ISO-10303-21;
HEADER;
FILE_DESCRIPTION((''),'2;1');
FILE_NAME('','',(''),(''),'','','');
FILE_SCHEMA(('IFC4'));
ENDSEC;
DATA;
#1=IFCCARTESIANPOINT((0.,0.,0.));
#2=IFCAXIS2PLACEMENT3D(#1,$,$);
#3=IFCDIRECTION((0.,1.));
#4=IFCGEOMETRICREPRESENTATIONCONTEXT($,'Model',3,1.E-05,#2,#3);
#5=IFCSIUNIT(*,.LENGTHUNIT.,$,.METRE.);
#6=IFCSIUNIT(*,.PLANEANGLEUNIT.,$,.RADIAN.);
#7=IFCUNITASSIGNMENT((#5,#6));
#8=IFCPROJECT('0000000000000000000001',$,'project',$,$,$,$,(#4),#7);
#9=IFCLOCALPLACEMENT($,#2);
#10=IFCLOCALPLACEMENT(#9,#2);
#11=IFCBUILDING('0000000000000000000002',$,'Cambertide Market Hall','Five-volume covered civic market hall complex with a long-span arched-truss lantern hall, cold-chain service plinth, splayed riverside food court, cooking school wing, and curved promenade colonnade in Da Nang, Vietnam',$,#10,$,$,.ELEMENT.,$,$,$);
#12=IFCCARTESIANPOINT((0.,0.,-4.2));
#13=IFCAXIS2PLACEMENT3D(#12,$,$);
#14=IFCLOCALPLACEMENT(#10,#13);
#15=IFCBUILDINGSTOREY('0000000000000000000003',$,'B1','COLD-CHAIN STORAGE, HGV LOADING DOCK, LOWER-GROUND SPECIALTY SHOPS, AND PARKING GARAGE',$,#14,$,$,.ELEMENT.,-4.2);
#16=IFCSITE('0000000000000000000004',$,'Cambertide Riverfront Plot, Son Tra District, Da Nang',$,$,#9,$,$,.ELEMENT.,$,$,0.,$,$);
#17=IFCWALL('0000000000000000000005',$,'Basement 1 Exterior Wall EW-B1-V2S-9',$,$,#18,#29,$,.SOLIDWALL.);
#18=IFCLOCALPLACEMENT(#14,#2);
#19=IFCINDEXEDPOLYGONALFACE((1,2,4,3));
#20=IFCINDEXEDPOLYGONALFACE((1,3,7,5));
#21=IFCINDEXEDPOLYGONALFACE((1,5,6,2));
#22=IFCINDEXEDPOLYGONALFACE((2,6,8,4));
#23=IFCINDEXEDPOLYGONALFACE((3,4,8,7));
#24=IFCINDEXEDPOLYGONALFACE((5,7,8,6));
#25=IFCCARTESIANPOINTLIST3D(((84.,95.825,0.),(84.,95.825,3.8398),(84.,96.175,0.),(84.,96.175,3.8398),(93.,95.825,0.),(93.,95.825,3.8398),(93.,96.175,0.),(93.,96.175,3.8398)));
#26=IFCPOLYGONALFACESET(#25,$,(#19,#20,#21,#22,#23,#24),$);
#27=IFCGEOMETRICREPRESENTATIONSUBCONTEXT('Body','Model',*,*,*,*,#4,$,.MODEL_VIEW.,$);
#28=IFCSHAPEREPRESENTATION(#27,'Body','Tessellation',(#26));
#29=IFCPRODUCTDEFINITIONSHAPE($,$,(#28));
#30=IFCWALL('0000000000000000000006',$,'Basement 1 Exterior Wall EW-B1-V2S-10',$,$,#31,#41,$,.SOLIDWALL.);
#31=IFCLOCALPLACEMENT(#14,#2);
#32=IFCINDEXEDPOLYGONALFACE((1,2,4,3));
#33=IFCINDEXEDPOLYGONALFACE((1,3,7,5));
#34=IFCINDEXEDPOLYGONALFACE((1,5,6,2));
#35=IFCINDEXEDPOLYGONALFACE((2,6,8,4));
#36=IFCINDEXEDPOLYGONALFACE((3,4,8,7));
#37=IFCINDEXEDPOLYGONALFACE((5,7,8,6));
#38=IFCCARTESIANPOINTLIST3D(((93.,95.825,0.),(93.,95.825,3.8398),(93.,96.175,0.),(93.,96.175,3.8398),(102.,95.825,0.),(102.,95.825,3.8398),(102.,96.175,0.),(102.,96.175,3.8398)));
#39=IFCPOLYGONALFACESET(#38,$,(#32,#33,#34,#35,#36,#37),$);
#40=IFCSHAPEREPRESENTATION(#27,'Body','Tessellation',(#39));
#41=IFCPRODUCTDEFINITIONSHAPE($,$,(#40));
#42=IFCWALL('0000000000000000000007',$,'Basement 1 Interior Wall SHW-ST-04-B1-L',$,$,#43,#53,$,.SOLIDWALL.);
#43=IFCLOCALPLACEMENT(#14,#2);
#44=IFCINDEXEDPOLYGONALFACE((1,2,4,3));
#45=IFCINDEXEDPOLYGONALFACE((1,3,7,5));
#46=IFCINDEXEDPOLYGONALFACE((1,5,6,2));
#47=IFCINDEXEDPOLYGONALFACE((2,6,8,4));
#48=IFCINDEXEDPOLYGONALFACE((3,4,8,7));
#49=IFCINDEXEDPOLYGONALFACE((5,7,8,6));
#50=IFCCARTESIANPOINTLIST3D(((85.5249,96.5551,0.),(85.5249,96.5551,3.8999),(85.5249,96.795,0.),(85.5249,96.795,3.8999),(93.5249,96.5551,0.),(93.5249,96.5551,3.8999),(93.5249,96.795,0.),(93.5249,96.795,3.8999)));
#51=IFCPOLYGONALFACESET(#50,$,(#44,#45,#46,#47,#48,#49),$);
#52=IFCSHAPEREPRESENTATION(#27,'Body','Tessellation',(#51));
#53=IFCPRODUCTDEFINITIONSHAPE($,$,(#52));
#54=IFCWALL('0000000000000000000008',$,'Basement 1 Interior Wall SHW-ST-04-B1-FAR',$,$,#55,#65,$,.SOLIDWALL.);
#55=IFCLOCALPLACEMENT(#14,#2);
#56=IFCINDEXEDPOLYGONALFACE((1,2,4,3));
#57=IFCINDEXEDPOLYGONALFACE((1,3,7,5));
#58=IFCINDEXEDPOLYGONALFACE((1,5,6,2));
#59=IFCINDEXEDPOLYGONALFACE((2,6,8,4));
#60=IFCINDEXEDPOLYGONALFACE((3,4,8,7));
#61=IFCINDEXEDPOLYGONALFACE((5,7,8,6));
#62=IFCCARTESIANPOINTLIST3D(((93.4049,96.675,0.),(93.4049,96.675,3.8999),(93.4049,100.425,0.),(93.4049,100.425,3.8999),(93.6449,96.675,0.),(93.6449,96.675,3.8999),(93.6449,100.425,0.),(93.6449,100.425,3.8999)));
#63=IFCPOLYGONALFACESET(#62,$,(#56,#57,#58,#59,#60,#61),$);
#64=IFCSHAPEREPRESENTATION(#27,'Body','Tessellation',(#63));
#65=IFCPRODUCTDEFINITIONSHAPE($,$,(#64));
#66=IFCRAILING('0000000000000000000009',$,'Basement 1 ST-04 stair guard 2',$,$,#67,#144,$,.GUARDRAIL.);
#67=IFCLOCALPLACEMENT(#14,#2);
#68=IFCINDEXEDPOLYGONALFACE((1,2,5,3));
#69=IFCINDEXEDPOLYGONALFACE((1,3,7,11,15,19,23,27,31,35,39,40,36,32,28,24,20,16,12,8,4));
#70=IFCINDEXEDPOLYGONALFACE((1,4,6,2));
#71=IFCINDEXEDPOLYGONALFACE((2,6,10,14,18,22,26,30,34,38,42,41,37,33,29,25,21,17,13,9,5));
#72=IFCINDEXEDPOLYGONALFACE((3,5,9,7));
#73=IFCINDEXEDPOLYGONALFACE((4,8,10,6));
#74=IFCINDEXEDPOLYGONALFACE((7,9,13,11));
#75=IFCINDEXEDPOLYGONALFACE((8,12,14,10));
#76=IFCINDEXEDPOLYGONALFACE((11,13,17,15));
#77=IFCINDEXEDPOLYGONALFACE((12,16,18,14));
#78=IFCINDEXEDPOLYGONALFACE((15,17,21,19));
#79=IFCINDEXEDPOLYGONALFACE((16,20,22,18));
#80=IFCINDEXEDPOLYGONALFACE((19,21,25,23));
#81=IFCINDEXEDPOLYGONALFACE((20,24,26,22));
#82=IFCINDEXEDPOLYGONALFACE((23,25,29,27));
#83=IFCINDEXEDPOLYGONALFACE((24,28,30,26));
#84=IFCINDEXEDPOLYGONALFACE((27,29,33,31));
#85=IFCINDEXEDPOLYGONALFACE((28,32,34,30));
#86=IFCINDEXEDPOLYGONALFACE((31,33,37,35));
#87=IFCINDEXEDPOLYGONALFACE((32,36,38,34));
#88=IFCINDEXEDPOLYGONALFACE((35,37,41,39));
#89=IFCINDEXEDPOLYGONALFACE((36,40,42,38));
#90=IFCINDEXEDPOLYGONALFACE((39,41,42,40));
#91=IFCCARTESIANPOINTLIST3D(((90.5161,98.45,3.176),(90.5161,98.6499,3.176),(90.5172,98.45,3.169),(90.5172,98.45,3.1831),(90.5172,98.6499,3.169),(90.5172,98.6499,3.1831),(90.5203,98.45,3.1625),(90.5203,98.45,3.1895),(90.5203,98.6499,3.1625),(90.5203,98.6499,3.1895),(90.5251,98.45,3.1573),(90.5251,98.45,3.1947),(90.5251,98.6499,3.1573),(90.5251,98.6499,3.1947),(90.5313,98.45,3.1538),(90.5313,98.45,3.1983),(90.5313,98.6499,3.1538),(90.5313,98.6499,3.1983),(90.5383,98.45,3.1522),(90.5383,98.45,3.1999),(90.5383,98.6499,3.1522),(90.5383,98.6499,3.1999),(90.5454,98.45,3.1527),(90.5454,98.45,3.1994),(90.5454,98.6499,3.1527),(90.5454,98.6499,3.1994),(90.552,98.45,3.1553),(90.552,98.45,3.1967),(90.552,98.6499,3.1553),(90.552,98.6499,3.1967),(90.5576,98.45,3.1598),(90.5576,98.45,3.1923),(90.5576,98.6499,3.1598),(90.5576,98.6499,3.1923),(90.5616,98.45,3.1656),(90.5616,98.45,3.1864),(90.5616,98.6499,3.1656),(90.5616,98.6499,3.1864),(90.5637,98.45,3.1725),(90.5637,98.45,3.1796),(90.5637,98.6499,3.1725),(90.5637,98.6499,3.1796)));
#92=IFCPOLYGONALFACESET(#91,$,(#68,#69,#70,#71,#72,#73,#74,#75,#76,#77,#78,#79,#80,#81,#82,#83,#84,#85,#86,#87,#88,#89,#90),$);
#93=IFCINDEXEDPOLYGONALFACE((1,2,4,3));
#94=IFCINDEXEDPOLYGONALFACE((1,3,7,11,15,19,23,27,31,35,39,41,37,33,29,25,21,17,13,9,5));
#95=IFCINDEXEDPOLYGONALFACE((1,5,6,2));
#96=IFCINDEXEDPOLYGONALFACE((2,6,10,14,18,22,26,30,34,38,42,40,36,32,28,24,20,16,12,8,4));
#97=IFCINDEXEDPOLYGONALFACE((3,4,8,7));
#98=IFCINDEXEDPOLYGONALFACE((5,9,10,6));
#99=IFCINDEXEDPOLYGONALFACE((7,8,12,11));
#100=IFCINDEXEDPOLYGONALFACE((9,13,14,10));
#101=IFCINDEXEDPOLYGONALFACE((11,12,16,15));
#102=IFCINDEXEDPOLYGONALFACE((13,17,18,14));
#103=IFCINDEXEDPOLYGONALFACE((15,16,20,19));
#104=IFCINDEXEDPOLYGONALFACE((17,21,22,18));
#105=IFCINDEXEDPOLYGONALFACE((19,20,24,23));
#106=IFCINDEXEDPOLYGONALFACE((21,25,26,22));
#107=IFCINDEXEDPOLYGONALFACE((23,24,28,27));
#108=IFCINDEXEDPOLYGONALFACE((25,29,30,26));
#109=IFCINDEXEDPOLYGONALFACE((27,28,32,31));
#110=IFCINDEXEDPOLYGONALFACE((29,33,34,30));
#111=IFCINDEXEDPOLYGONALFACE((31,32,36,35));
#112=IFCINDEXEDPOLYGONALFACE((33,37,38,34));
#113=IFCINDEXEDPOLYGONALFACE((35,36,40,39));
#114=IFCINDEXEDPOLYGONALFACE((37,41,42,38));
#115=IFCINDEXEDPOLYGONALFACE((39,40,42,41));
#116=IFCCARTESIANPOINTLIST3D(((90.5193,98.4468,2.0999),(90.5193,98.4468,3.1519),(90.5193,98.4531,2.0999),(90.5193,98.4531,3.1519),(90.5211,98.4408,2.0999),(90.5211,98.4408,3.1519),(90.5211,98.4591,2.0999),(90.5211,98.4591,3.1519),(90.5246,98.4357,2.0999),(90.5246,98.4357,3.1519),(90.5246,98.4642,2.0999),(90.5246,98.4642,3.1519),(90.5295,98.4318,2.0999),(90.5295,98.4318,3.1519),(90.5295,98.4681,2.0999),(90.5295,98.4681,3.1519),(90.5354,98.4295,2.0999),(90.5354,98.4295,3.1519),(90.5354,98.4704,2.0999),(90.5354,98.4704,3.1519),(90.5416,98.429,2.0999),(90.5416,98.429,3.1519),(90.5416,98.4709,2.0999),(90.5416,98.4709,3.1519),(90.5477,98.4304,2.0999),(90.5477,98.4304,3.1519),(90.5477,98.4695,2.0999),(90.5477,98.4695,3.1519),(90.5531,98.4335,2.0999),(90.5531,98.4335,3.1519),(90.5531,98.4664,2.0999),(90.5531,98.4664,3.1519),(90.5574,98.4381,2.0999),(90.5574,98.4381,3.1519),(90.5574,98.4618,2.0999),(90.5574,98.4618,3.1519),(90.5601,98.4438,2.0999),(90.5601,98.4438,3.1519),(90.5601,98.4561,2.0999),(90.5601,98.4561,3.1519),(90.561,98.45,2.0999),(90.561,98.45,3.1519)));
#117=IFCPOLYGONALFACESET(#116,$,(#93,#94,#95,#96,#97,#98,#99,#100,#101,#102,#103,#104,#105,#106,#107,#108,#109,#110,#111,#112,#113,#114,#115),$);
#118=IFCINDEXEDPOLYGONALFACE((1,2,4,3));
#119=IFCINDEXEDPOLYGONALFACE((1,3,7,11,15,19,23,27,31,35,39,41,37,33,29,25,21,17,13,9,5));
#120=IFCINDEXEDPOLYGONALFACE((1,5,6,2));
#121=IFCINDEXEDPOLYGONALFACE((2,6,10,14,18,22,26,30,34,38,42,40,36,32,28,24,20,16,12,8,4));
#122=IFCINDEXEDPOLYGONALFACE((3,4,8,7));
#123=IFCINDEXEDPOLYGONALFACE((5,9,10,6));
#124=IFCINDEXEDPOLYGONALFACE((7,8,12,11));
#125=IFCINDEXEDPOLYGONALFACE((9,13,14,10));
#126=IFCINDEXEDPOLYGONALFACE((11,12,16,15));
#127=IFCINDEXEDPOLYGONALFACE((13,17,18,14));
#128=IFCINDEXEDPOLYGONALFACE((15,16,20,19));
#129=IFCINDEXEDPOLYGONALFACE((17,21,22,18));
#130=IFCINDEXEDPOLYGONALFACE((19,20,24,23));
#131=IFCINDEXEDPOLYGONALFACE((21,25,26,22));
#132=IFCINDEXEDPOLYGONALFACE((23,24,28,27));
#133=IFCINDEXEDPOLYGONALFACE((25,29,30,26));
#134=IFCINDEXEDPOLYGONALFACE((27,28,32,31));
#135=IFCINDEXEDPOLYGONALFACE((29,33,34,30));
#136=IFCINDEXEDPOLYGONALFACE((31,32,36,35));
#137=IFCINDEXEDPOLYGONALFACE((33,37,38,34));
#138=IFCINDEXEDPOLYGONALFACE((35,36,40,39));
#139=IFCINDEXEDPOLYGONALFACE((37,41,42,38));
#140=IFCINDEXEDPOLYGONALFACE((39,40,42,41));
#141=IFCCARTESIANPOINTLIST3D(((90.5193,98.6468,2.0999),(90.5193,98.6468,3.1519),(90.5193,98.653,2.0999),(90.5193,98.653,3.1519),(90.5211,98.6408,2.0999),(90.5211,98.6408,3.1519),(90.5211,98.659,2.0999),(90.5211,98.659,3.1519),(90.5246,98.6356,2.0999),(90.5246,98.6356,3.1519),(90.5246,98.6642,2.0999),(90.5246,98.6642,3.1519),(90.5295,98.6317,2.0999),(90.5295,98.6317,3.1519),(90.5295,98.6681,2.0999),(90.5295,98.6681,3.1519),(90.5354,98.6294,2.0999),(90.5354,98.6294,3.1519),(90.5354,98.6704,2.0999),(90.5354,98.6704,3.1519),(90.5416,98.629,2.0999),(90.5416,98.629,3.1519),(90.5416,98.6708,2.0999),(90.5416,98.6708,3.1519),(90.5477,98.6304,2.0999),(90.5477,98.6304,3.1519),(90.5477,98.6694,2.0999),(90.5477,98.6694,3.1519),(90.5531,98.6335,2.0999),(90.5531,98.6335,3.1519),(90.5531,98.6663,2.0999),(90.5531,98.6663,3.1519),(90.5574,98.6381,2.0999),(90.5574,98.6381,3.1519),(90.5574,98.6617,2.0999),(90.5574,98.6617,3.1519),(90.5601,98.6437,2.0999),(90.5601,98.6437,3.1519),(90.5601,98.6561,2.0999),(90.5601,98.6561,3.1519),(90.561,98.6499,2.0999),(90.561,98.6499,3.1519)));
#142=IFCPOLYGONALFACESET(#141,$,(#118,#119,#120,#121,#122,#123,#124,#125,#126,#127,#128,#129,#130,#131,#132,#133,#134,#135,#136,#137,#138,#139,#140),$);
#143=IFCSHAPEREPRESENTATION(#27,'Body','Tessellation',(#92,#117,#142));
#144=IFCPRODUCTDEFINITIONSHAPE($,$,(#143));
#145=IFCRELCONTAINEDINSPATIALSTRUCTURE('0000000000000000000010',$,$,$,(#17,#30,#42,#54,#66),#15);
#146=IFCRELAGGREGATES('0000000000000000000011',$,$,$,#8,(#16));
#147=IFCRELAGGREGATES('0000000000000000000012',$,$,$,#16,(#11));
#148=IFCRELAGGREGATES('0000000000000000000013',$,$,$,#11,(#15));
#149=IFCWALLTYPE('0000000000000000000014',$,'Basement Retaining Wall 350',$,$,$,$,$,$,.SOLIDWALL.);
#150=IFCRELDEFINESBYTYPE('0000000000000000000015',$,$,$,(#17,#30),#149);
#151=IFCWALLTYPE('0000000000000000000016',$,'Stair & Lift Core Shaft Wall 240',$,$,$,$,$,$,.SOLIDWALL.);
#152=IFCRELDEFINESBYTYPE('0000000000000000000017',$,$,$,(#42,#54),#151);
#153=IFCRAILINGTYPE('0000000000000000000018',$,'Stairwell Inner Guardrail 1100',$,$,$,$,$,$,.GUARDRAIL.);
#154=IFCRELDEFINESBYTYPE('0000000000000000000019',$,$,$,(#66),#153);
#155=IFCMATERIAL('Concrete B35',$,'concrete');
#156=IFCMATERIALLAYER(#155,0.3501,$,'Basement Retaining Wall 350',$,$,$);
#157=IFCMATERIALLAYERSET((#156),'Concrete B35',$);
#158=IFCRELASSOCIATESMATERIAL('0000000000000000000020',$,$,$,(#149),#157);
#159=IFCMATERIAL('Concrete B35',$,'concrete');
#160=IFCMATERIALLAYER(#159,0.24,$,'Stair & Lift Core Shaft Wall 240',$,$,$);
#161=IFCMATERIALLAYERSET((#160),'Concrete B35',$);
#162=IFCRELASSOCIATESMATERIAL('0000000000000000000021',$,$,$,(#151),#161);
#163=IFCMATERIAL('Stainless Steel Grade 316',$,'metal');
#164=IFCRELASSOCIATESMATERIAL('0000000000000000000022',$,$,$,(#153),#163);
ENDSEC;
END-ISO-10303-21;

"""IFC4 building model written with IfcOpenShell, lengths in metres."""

from ifc_helpers import new_model, si_unit, direction, frame, frame_2d, origin, origin_2d, place, context, subcontext, project, spatial, rectangle, circle, extrude, material, layer, layer_set, type_object, element, save


model = new_model("IFC4")

# Units and contexts
model_context = context("Model", 3, precision=1e-05, world=origin(), true_north=direction((0.0, 1.0)))
body_context = subcontext(model_context, "Body", "Model", "MODEL_VIEW")
ifc_project = project(units=[si_unit("LENGTHUNIT", "METRE"), si_unit("PLANEANGLEUNIT", "RADIAN")], contexts=[model_context])

# Site, building, storey
site_placement = place(None, origin())
site = spatial("IfcSite", under=ifc_project, at=site_placement, Name="Cambertide Riverfront Plot, Son Tra District, Da Nang", CompositionType="ELEMENT", RefElevation=0.0)
building_placement = place(site_placement, origin())
building = spatial("IfcBuilding", under=site, at=building_placement, Name="Cambertide Market Hall", Description="Five-volume covered civic market hall complex with a long-span arched-truss lantern hall, cold-chain service plinth, splayed riverside food court, cooking school wing, and curved promenade colonnade in Da Nang, Vietnam", CompositionType="ELEMENT")
storey_placement = place(building_placement, frame((0.0, 0.0, -4.2)))
storey = spatial("IfcBuildingStorey", under=building, at=storey_placement, Name="B1", Description="COLD-CHAIN STORAGE, HGV LOADING DOCK, LOWER-GROUND SPECIALTY SHOPS, AND PARKING GARAGE", CompositionType="ELEMENT", Elevation=-4.2)

# Walls
ifc_material_1 = material(Name="Concrete B35", Category="concrete")
ifc_layer_1 = layer(ifc_material_1, 0.3501, Name="Basement Retaining Wall 350")
ifc_layer_set_1 = layer_set([ifc_layer_1], Name="Concrete B35")
wall_type_1 = type_object("IfcWallType", Name="Basement Retaining Wall 350", PredefinedType="SOLIDWALL", material=ifc_layer_set_1)
for number, where, z_axis, x_axis, name in (
    (1, (93.0, 96.0, 0.0), (0.0, 0.0, 1.0), (-1.0, 0.0, 0.0), "Basement 1 Exterior Wall EW-B1-V2S-9"),
    (2, (102.0, 96.0, 0.0), (0.0, 0.0, 1.0), (-1.0, 0.0, 0.0), "Basement 1 Exterior Wall EW-B1-V2S-10"),
):
    element("IfcWall", number, at=place(storey_placement, frame(where, z_axis=z_axis, x_axis=x_axis)), inside=storey, type_object=wall_type_1, Name=name, PredefinedType="SOLIDWALL", context=body_context, shape_type="SweptSolid", body=[
        extrude(rectangle(XDim=9.0, YDim=0.3501, at=frame_2d((4.5, 0.0))), origin(), (0.0, 0.0, 1.0), 3.8398),
    ])
ifc_material_2 = material(Name="Concrete B35", Category="concrete")
ifc_layer_2 = layer(ifc_material_2, 0.24, Name="Stair & Lift Core Shaft Wall 240")
ifc_layer_set_2 = layer_set([ifc_layer_2], Name="Concrete B35")
wall_type_2 = type_object("IfcWallType", Name="Stair & Lift Core Shaft Wall 240", PredefinedType="SOLIDWALL", material=ifc_layer_set_2)
wall_1_placement = place(storey_placement, frame((93.5249, 96.675, 0.0), z_axis=(0.0, 0.0, 1.0), x_axis=(-1.0, 0.0, 0.0)))
element("IfcWall", 3, at=wall_1_placement, inside=storey, type_object=wall_type_2, Name="Basement 1 Interior Wall SHW-ST-04-B1-L", PredefinedType="SOLIDWALL", context=body_context, shape_type="SweptSolid", body=[
    extrude(rectangle(XDim=8.0, YDim=0.24, at=frame_2d((4.0, 0.0))), origin(), (0.0, 0.0, 1.0), 3.8999),
])
wall_2_placement = place(storey_placement, frame((93.5249, 100.425, 0.0), z_axis=(0.0, 0.0, 1.0), x_axis=(0.0, -1.0, 0.0)))
element("IfcWall", 4, at=wall_2_placement, inside=storey, type_object=wall_type_2, Name="Basement 1 Interior Wall SHW-ST-04-B1-FAR", PredefinedType="SOLIDWALL", context=body_context, shape_type="SweptSolid", body=[
    extrude(rectangle(XDim=3.75, YDim=0.24, at=frame_2d((1.875, 0.0))), origin(), (0.0, 0.0, 1.0), 3.8999),
])

# Railing
ifc_material_3 = material(Name="Stainless Steel Grade 316", Category="metal")
railing_type = type_object("IfcRailingType", Name="Stairwell Inner Guardrail 1100", PredefinedType="GUARDRAIL", material=ifc_material_3)
railing_placement = place(storey_placement, frame((90.54, 98.45, 2.0999)))
element("IfcRailing", 5, at=railing_placement, inside=storey, type_object=railing_type, Name="Basement 1 ST-04 stair guard 2", PredefinedType="GUARDRAIL", context=body_context, shape_type="SweptSolid", body=[
    extrude(circle(Radius=0.0239, at=origin_2d()), frame((0.0, 0.0, 1.0762), z_axis=(0.0, 1.0, 0.0), x_axis=(-1.0, 0.0, 0.0)), (0.0, 0.0, 1.0), 0.2),
    extrude(circle(Radius=0.021, at=origin_2d()), origin(), (0.0, 0.0, 1.0), 1.052),
    extrude(circle(Radius=0.021, at=origin_2d()), frame((0.0, 0.2, 0.0)), (0.0, 0.0, 1.0), 1.052),
])

save(model, "model.ifc")
